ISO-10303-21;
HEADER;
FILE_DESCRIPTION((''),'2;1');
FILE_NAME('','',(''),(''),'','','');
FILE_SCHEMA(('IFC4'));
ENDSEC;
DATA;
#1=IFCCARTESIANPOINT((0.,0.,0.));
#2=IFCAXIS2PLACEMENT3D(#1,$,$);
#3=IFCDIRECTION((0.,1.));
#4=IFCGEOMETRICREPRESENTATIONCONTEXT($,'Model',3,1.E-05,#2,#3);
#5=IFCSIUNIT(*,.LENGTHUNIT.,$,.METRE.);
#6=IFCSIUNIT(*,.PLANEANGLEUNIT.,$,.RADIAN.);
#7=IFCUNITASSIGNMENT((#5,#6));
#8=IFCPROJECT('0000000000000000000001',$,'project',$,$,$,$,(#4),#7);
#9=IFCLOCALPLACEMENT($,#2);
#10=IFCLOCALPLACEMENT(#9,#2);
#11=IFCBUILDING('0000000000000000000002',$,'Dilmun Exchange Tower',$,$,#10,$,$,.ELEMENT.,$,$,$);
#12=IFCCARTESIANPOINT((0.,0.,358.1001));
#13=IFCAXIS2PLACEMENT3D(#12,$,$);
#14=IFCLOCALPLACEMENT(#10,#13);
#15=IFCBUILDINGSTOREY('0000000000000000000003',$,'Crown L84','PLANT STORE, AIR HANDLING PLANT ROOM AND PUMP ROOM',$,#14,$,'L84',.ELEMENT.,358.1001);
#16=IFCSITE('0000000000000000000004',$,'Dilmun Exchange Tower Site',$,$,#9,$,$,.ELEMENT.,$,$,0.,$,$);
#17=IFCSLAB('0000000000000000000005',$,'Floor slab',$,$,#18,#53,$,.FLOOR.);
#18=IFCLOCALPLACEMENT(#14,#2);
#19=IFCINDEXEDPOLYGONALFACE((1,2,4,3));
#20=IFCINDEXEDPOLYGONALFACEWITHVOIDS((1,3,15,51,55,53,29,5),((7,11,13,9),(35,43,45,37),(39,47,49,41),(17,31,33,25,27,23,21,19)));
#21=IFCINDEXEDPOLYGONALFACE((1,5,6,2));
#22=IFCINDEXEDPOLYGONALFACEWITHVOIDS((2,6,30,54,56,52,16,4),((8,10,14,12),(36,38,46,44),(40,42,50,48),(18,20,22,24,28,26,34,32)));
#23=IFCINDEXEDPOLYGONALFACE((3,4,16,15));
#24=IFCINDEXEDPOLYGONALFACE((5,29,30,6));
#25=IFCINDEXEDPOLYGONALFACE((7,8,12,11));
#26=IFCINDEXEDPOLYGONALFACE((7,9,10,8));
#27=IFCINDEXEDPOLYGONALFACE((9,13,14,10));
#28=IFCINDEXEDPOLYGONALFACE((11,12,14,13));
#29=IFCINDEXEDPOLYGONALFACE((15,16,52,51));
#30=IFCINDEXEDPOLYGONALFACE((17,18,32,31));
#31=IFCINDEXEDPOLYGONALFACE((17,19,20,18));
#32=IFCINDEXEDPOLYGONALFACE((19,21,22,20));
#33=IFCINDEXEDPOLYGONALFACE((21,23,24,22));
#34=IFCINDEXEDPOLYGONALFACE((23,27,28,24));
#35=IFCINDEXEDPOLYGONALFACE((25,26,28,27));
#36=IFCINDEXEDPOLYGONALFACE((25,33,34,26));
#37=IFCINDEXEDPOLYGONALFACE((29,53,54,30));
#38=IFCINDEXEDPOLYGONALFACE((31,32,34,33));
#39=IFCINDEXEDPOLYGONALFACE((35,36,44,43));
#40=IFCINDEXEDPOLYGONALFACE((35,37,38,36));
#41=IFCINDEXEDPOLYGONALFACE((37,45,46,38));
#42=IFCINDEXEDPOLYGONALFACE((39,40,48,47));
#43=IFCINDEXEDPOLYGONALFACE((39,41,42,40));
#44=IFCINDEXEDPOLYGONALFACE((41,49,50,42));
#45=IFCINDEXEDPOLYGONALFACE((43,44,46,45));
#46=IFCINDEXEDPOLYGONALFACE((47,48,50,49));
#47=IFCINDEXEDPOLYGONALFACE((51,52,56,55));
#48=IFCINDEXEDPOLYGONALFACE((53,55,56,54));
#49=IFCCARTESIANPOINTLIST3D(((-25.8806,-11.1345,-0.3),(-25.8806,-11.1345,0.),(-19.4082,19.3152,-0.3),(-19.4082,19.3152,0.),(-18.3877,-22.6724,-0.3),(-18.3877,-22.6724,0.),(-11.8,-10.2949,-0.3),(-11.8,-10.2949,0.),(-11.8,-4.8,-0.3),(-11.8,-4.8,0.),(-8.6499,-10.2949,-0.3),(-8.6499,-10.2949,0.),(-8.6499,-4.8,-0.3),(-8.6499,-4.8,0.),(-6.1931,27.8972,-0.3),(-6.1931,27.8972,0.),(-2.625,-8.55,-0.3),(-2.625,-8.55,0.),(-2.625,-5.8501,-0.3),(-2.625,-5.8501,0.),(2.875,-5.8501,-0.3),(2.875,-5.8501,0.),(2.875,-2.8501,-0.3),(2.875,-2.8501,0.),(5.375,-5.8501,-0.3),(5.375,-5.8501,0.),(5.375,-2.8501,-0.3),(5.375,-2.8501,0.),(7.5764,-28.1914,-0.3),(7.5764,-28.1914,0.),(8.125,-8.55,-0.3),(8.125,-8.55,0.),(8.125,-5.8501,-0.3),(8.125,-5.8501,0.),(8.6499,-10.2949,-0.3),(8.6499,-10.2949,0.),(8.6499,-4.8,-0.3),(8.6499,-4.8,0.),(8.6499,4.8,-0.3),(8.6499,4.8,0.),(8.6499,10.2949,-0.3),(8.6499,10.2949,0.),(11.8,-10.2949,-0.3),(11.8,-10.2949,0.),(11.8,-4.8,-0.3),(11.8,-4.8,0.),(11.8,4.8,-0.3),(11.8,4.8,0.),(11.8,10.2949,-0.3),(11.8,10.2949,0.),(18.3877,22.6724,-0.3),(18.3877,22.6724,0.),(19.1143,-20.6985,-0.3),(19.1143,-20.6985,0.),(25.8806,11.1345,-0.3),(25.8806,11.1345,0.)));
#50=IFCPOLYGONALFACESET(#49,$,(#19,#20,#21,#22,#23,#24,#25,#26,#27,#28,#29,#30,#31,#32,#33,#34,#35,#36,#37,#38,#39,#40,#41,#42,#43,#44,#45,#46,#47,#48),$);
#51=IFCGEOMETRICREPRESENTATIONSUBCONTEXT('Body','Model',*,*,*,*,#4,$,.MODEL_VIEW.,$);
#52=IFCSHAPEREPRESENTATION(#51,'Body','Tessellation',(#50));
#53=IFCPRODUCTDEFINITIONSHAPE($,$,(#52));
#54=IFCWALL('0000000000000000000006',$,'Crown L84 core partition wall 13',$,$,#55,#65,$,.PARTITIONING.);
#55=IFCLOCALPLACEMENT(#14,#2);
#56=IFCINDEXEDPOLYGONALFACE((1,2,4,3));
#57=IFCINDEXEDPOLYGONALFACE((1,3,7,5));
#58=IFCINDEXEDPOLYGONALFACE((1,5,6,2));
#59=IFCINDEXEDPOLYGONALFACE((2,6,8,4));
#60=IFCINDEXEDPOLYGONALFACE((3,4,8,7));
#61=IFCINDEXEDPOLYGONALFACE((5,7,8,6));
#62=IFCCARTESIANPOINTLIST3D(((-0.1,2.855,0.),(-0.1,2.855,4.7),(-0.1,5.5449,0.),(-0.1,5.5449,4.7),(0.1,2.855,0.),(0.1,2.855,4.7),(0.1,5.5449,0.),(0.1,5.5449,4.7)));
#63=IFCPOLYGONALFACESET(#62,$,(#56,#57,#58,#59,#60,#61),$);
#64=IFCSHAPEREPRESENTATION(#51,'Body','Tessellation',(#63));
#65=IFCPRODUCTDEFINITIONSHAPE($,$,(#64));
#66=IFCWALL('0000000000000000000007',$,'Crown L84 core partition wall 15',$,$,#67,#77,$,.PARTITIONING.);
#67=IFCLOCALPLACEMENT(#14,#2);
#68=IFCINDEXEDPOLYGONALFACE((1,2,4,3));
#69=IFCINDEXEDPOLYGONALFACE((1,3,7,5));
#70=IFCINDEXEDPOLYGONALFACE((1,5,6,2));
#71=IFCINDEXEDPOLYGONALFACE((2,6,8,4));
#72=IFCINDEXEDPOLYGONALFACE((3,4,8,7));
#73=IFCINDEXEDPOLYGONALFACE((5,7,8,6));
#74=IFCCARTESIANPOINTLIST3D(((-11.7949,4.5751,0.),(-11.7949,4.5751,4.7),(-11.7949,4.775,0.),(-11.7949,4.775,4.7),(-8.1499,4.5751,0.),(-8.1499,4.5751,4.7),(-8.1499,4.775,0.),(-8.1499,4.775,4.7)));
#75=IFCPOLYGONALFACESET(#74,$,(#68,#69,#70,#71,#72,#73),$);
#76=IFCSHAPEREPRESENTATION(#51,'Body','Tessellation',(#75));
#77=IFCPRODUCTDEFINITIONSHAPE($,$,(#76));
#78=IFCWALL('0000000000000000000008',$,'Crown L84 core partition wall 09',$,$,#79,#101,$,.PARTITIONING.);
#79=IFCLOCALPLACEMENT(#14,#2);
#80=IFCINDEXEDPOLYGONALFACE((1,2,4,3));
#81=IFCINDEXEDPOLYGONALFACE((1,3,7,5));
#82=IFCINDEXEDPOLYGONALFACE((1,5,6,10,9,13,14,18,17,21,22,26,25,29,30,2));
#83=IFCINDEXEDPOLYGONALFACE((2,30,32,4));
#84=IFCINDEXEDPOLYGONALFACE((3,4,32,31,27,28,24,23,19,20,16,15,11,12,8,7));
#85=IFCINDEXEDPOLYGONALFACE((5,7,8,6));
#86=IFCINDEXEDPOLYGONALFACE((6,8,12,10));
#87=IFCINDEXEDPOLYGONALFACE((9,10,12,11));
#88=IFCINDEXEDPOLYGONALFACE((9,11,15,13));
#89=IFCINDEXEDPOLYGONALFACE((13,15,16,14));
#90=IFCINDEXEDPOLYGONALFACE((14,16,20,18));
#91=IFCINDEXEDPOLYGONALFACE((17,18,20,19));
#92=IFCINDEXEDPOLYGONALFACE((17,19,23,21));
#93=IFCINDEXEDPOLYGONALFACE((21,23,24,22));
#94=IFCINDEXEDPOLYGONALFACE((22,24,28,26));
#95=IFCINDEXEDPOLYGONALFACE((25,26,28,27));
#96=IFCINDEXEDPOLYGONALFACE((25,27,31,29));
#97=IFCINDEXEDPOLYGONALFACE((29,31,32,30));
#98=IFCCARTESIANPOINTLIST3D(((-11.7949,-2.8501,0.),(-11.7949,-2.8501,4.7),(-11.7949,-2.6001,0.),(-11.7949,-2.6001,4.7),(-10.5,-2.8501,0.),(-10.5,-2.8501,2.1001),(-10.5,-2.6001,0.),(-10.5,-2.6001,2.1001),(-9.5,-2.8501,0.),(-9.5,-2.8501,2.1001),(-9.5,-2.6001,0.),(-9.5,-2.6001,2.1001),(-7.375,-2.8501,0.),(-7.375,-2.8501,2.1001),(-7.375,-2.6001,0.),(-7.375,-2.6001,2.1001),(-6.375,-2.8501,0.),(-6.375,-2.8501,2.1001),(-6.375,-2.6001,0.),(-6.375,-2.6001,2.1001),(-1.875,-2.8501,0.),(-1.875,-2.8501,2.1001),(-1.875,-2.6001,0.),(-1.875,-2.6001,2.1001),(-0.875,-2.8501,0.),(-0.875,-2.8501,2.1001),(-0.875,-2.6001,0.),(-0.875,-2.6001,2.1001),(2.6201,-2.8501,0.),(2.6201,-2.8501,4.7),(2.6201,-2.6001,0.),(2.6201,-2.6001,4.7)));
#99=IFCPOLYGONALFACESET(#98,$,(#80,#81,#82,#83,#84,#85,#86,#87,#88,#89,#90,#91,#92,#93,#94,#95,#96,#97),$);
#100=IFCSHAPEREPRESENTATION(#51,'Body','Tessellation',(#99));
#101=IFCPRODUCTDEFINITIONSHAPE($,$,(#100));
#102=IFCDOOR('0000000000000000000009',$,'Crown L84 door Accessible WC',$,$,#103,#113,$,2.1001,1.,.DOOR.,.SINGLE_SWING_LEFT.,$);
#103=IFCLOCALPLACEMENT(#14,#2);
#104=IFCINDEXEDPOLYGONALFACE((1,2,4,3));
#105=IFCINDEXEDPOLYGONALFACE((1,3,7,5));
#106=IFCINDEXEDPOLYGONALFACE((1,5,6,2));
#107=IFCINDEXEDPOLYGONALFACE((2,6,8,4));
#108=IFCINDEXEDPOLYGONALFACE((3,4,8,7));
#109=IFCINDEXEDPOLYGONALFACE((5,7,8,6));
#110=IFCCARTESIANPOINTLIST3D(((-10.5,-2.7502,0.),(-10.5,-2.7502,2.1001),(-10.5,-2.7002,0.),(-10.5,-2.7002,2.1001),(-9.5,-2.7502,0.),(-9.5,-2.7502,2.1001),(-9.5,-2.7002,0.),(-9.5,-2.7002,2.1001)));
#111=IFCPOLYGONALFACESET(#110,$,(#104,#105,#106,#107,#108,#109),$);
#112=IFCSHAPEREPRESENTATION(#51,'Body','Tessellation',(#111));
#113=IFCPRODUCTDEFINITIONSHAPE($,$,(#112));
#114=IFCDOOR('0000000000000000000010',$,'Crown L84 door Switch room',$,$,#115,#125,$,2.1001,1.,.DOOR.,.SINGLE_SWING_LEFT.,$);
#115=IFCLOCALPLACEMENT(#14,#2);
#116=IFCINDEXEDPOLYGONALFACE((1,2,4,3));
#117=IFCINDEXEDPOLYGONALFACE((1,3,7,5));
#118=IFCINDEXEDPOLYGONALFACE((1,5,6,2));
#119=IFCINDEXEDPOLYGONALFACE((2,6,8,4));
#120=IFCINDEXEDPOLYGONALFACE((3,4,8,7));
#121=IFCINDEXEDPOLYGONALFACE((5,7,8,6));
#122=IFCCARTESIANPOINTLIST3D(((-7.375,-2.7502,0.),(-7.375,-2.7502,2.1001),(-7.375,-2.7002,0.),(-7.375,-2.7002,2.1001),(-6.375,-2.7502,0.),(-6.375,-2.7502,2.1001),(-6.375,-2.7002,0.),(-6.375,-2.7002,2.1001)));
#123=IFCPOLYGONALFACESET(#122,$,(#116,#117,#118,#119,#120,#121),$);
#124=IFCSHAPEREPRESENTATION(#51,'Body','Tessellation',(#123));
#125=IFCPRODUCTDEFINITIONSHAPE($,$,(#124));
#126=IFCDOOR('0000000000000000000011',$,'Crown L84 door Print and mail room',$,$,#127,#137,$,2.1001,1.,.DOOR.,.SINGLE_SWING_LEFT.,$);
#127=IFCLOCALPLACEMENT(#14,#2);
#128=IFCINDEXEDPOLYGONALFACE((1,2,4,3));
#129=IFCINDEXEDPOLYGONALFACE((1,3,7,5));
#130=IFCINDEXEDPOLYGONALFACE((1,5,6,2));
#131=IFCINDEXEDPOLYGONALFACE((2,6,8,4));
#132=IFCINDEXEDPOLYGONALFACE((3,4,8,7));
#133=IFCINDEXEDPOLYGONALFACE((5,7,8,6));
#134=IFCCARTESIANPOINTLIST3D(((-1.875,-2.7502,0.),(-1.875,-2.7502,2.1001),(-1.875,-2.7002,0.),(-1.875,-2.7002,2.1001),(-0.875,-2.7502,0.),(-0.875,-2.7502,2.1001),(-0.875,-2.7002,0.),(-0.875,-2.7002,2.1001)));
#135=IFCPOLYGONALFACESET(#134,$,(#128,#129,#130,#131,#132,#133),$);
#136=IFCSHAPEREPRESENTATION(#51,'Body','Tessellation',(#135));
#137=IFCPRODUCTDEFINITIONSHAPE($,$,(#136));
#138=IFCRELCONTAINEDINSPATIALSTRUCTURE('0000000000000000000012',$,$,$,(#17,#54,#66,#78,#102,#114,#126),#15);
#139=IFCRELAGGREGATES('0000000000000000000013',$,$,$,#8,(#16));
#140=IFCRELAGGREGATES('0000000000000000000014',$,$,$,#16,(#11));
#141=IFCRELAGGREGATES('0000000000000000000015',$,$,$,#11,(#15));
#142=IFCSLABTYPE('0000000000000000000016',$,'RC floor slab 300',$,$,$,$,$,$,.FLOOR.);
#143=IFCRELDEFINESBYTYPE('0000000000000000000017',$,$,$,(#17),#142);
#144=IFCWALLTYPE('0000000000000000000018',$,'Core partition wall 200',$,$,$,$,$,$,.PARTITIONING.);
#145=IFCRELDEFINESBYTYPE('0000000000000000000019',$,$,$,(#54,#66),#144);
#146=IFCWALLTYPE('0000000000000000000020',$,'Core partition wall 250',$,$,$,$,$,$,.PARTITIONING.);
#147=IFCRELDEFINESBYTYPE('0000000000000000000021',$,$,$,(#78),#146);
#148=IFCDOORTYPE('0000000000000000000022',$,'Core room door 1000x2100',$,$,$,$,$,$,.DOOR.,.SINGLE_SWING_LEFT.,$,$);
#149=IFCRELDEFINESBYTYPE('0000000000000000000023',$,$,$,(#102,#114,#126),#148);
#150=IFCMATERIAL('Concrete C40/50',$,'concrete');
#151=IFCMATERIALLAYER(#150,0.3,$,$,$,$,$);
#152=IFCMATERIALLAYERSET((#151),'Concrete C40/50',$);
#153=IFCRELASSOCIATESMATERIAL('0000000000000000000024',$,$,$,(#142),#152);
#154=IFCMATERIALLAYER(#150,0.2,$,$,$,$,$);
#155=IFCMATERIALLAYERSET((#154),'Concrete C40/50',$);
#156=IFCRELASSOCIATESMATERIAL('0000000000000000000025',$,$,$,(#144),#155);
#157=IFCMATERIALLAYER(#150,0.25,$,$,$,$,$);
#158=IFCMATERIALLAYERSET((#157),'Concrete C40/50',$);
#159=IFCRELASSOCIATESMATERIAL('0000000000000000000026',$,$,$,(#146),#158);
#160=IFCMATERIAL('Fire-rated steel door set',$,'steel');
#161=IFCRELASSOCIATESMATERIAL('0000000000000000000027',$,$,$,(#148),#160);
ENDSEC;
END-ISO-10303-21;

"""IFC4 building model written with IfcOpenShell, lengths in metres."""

from ifc_helpers import new_model, si_unit, direction, frame, frame_2d, origin, place, context, subcontext, project, spatial, polyline, rectangle, outline, extrude, material, layer, layer_set, type_object, element, fill, save


model = new_model("IFC4")

# Units and contexts
model_context = context("Model", 3, precision=1e-05, world=origin(), true_north=direction((0.0, 1.0)))
body_context = subcontext(model_context, "Body", "Model", "MODEL_VIEW")
ifc_project = project(units=[si_unit("LENGTHUNIT", "METRE"), si_unit("PLANEANGLEUNIT", "RADIAN")], contexts=[model_context])

# Site, building, storey
site_placement = place(None, origin())
site = spatial("IfcSite", under=ifc_project, at=site_placement, Name="Dilmun Exchange Tower Site", CompositionType="ELEMENT", RefElevation=0.0)
building_placement = place(site_placement, origin())
building = spatial("IfcBuilding", under=site, at=building_placement, Name="Dilmun Exchange Tower", CompositionType="ELEMENT")
storey_placement = place(building_placement, frame((0.0, 0.0, 358.1001)))
storey = spatial("IfcBuildingStorey", under=building, at=storey_placement, Name="Crown L84", Description="PLANT STORE, AIR HANDLING PLANT ROOM AND PUMP ROOM", LongName="L84", CompositionType="ELEMENT", Elevation=358.1001)

# Shared definitions
ifc_material_1 = material(Name="Concrete C40/50", Category="concrete")

# Slab
ifc_layer_1 = layer(ifc_material_1, 0.3)
ifc_layer_set_1 = layer_set([ifc_layer_1], Name="Concrete C40/50")
slab_type_1 = type_object("IfcSlabType", Name="RC floor slab 300", PredefinedType="FLOOR", material=ifc_layer_set_1)
slab_1_placement = place(storey_placement, frame((0.0, 0.0, -0.3)))
element("IfcSlab", 1, at=slab_1_placement, inside=storey, type_object=slab_type_1, Name="Floor slab", PredefinedType="FLOOR", context=body_context, shape_type="SweptSolid", body=[
    extrude(outline(polyline([(-19.4082, 19.3152), (-6.1931, 27.8972), (18.3877, 22.6724), (25.8806, 11.1345), (19.1143, -20.6985), (7.5764, -28.1914), (-18.3877, -22.6724), (-25.8806, -11.1345), (-19.4082, 19.3152)]), holes=[polyline([(-8.6499, -4.8), (-11.8, -4.8), (-11.8, -10.2949), (-8.6499, -10.2949), (-8.6499, -4.8)]), polyline([(11.8, -4.8), (8.6499, -4.8), (8.6499, -10.2949), (11.8, -10.2949), (11.8, -4.8)]), polyline([(-2.625, -5.8501), (-2.625, -8.55), (8.125, -8.55), (8.125, -5.8501), (5.375, -5.8501), (5.375, -2.8501), (2.875, -2.8501), (2.875, -5.8501), (-2.625, -5.8501)]), polyline([(8.6499, 4.8), (11.8, 4.8), (11.8, 10.2949), (8.6499, 10.2949), (8.6499, 4.8)])]), origin(), (0.0, 0.0, 1.0), 0.3),
])

# Walls
ifc_layer_2 = layer(ifc_material_1, 0.2)
ifc_layer_set_2 = layer_set([ifc_layer_2], Name="Concrete C40/50")
wall_type_1 = type_object("IfcWallType", Name="Core partition wall 200", PredefinedType="PARTITIONING", material=ifc_layer_set_2)
wall_1_placement = place(storey_placement, frame((0.0, 2.855, 0.0), z_axis=(0.0, 0.0, 1.0), x_axis=(0.0, 1.0, 0.0)))
element("IfcWall", 2, at=wall_1_placement, inside=storey, type_object=wall_type_1, Name="Crown L84 core partition wall 13", PredefinedType="PARTITIONING", context=body_context, shape_type="SweptSolid", body=[
    extrude(rectangle(XDim=2.6899, YDim=0.2, at=frame_2d((1.345, 0.0))), origin(), (0.0, 0.0, 1.0), 4.7),
])
wall_2_placement = place(storey_placement, frame((-11.7949, 4.675, 0.0), z_axis=(0.0, 0.0, 1.0), x_axis=(1.0, 0.0, 0.0)))
element("IfcWall", 3, at=wall_2_placement, inside=storey, type_object=wall_type_1, Name="Crown L84 core partition wall 15", PredefinedType="PARTITIONING", context=body_context, shape_type="SweptSolid", body=[
    extrude(rectangle(XDim=3.645, YDim=0.2, at=frame_2d((1.8225, 0.0))), origin(), (0.0, 0.0, 1.0), 4.7),
])

# Wall, openings, doors
ifc_layer_3 = layer(ifc_material_1, 0.25)
ifc_layer_set_3 = layer_set([ifc_layer_3], Name="Concrete C40/50")
wall_type_2 = type_object("IfcWallType", Name="Core partition wall 250", PredefinedType="PARTITIONING", material=ifc_layer_set_3)
wall_3_placement = place(storey_placement, frame((-11.7949, -2.7251, 0.0), z_axis=(0.0, 0.0, 1.0), x_axis=(1.0, 0.0, 0.0)))
wall_3 = element("IfcWall", 4, at=wall_3_placement, inside=storey, type_object=wall_type_2, Name="Crown L84 core partition wall 09", PredefinedType="PARTITIONING", context=body_context, shape_type="SweptSolid", body=[
    extrude(rectangle(XDim=14.415, YDim=0.25, at=frame_2d((7.2075, 0.0))), origin(), (0.0, 0.0, 1.0), 4.7),
])
opening_1_placement = place(wall_3_placement, frame((1.2949, 0.0, 0.0)))
opening_1 = element("IfcOpeningElement", 5, at=opening_1_placement, cuts=wall_3, PredefinedType="OPENING", context=body_context, shape_type="SweptSolid", body=[
    extrude(rectangle(XDim=1.0, YDim=2.1001, at=frame_2d((0.5, 1.05))), frame((0.0, 0.135, 0.0), z_axis=(0.0, -1.0, 0.0), x_axis=(1.0, 0.0, 0.0)), (0.0, 0.0, 1.0), 0.27),
])
opening_2_placement = place(wall_3_placement, frame((4.4199, 0.0, 0.0)))
opening_2 = element("IfcOpeningElement", 6, at=opening_2_placement, cuts=wall_3, PredefinedType="OPENING", context=body_context, shape_type="SweptSolid", body=[
    extrude(rectangle(XDim=1.0, YDim=2.1001, at=frame_2d((0.5, 1.05))), frame((0.0, 0.135, 0.0), z_axis=(0.0, -1.0, 0.0), x_axis=(1.0, 0.0, 0.0)), (0.0, 0.0, 1.0), 0.27),
])
opening_3_placement = place(wall_3_placement, frame((9.9199, 0.0, 0.0)))
opening_3 = element("IfcOpeningElement", 7, at=opening_3_placement, cuts=wall_3, PredefinedType="OPENING", context=body_context, shape_type="SweptSolid", body=[
    extrude(rectangle(XDim=1.0, YDim=2.1001, at=frame_2d((0.5, 1.05))), frame((0.0, 0.135, 0.0), z_axis=(0.0, -1.0, 0.0), x_axis=(1.0, 0.0, 0.0)), (0.0, 0.0, 1.0), 0.27),
])
ifc_material_2 = material(Name="Fire-rated steel door set", Category="steel")
door_type_1 = type_object("IfcDoorType", Name="Core room door 1000x2100", OperationType="SINGLE_SWING_LEFT", PredefinedType="DOOR", material=ifc_material_2)
door_1_placement = place(opening_1_placement, origin())
door_1 = element("IfcDoor", 8, at=door_1_placement, inside=storey, type_object=door_type_1, Name="Crown L84 door Accessible WC", OperationType="SINGLE_SWING_LEFT", OverallHeight=2.1001, OverallWidth=1.0, PredefinedType="DOOR", context=body_context, shape_type="SweptSolid", body=[
    extrude(rectangle(XDim=1.0, YDim=2.1001, at=frame_2d((0.5, 1.05))), frame((0.0, 0.0249, 0.0), z_axis=(0.0, -1.0, 0.0), x_axis=(1.0, 0.0, 0.0)), (0.0, 0.0, 1.0), 0.05),
])
fill(opening_1, door_1)
door_2_placement = place(opening_2_placement, origin())
door_2 = element("IfcDoor", 9, at=door_2_placement, inside=storey, type_object=door_type_1, Name="Crown L84 door Switch room", OperationType="SINGLE_SWING_LEFT", OverallHeight=2.1001, OverallWidth=1.0, PredefinedType="DOOR", context=body_context, shape_type="SweptSolid", body=[
    extrude(rectangle(XDim=1.0, YDim=2.1001, at=frame_2d((0.5, 1.05))), frame((0.0, 0.0249, 0.0), z_axis=(0.0, -1.0, 0.0), x_axis=(1.0, 0.0, 0.0)), (0.0, 0.0, 1.0), 0.05),
])
fill(opening_2, door_2)
door_3_placement = place(opening_3_placement, origin())
door_3 = element("IfcDoor", 10, at=door_3_placement, inside=storey, type_object=door_type_1, Name="Crown L84 door Print and mail room", OperationType="SINGLE_SWING_LEFT", OverallHeight=2.1001, OverallWidth=1.0, PredefinedType="DOOR", context=body_context, shape_type="SweptSolid", body=[
    extrude(rectangle(XDim=1.0, YDim=2.1001, at=frame_2d((0.5, 1.05))), frame((0.0, 0.0249, 0.0), z_axis=(0.0, -1.0, 0.0), x_axis=(1.0, 0.0, 0.0)), (0.0, 0.0, 1.0), 0.05),
])
fill(opening_3, door_3)

save(model, "model.ifc")
